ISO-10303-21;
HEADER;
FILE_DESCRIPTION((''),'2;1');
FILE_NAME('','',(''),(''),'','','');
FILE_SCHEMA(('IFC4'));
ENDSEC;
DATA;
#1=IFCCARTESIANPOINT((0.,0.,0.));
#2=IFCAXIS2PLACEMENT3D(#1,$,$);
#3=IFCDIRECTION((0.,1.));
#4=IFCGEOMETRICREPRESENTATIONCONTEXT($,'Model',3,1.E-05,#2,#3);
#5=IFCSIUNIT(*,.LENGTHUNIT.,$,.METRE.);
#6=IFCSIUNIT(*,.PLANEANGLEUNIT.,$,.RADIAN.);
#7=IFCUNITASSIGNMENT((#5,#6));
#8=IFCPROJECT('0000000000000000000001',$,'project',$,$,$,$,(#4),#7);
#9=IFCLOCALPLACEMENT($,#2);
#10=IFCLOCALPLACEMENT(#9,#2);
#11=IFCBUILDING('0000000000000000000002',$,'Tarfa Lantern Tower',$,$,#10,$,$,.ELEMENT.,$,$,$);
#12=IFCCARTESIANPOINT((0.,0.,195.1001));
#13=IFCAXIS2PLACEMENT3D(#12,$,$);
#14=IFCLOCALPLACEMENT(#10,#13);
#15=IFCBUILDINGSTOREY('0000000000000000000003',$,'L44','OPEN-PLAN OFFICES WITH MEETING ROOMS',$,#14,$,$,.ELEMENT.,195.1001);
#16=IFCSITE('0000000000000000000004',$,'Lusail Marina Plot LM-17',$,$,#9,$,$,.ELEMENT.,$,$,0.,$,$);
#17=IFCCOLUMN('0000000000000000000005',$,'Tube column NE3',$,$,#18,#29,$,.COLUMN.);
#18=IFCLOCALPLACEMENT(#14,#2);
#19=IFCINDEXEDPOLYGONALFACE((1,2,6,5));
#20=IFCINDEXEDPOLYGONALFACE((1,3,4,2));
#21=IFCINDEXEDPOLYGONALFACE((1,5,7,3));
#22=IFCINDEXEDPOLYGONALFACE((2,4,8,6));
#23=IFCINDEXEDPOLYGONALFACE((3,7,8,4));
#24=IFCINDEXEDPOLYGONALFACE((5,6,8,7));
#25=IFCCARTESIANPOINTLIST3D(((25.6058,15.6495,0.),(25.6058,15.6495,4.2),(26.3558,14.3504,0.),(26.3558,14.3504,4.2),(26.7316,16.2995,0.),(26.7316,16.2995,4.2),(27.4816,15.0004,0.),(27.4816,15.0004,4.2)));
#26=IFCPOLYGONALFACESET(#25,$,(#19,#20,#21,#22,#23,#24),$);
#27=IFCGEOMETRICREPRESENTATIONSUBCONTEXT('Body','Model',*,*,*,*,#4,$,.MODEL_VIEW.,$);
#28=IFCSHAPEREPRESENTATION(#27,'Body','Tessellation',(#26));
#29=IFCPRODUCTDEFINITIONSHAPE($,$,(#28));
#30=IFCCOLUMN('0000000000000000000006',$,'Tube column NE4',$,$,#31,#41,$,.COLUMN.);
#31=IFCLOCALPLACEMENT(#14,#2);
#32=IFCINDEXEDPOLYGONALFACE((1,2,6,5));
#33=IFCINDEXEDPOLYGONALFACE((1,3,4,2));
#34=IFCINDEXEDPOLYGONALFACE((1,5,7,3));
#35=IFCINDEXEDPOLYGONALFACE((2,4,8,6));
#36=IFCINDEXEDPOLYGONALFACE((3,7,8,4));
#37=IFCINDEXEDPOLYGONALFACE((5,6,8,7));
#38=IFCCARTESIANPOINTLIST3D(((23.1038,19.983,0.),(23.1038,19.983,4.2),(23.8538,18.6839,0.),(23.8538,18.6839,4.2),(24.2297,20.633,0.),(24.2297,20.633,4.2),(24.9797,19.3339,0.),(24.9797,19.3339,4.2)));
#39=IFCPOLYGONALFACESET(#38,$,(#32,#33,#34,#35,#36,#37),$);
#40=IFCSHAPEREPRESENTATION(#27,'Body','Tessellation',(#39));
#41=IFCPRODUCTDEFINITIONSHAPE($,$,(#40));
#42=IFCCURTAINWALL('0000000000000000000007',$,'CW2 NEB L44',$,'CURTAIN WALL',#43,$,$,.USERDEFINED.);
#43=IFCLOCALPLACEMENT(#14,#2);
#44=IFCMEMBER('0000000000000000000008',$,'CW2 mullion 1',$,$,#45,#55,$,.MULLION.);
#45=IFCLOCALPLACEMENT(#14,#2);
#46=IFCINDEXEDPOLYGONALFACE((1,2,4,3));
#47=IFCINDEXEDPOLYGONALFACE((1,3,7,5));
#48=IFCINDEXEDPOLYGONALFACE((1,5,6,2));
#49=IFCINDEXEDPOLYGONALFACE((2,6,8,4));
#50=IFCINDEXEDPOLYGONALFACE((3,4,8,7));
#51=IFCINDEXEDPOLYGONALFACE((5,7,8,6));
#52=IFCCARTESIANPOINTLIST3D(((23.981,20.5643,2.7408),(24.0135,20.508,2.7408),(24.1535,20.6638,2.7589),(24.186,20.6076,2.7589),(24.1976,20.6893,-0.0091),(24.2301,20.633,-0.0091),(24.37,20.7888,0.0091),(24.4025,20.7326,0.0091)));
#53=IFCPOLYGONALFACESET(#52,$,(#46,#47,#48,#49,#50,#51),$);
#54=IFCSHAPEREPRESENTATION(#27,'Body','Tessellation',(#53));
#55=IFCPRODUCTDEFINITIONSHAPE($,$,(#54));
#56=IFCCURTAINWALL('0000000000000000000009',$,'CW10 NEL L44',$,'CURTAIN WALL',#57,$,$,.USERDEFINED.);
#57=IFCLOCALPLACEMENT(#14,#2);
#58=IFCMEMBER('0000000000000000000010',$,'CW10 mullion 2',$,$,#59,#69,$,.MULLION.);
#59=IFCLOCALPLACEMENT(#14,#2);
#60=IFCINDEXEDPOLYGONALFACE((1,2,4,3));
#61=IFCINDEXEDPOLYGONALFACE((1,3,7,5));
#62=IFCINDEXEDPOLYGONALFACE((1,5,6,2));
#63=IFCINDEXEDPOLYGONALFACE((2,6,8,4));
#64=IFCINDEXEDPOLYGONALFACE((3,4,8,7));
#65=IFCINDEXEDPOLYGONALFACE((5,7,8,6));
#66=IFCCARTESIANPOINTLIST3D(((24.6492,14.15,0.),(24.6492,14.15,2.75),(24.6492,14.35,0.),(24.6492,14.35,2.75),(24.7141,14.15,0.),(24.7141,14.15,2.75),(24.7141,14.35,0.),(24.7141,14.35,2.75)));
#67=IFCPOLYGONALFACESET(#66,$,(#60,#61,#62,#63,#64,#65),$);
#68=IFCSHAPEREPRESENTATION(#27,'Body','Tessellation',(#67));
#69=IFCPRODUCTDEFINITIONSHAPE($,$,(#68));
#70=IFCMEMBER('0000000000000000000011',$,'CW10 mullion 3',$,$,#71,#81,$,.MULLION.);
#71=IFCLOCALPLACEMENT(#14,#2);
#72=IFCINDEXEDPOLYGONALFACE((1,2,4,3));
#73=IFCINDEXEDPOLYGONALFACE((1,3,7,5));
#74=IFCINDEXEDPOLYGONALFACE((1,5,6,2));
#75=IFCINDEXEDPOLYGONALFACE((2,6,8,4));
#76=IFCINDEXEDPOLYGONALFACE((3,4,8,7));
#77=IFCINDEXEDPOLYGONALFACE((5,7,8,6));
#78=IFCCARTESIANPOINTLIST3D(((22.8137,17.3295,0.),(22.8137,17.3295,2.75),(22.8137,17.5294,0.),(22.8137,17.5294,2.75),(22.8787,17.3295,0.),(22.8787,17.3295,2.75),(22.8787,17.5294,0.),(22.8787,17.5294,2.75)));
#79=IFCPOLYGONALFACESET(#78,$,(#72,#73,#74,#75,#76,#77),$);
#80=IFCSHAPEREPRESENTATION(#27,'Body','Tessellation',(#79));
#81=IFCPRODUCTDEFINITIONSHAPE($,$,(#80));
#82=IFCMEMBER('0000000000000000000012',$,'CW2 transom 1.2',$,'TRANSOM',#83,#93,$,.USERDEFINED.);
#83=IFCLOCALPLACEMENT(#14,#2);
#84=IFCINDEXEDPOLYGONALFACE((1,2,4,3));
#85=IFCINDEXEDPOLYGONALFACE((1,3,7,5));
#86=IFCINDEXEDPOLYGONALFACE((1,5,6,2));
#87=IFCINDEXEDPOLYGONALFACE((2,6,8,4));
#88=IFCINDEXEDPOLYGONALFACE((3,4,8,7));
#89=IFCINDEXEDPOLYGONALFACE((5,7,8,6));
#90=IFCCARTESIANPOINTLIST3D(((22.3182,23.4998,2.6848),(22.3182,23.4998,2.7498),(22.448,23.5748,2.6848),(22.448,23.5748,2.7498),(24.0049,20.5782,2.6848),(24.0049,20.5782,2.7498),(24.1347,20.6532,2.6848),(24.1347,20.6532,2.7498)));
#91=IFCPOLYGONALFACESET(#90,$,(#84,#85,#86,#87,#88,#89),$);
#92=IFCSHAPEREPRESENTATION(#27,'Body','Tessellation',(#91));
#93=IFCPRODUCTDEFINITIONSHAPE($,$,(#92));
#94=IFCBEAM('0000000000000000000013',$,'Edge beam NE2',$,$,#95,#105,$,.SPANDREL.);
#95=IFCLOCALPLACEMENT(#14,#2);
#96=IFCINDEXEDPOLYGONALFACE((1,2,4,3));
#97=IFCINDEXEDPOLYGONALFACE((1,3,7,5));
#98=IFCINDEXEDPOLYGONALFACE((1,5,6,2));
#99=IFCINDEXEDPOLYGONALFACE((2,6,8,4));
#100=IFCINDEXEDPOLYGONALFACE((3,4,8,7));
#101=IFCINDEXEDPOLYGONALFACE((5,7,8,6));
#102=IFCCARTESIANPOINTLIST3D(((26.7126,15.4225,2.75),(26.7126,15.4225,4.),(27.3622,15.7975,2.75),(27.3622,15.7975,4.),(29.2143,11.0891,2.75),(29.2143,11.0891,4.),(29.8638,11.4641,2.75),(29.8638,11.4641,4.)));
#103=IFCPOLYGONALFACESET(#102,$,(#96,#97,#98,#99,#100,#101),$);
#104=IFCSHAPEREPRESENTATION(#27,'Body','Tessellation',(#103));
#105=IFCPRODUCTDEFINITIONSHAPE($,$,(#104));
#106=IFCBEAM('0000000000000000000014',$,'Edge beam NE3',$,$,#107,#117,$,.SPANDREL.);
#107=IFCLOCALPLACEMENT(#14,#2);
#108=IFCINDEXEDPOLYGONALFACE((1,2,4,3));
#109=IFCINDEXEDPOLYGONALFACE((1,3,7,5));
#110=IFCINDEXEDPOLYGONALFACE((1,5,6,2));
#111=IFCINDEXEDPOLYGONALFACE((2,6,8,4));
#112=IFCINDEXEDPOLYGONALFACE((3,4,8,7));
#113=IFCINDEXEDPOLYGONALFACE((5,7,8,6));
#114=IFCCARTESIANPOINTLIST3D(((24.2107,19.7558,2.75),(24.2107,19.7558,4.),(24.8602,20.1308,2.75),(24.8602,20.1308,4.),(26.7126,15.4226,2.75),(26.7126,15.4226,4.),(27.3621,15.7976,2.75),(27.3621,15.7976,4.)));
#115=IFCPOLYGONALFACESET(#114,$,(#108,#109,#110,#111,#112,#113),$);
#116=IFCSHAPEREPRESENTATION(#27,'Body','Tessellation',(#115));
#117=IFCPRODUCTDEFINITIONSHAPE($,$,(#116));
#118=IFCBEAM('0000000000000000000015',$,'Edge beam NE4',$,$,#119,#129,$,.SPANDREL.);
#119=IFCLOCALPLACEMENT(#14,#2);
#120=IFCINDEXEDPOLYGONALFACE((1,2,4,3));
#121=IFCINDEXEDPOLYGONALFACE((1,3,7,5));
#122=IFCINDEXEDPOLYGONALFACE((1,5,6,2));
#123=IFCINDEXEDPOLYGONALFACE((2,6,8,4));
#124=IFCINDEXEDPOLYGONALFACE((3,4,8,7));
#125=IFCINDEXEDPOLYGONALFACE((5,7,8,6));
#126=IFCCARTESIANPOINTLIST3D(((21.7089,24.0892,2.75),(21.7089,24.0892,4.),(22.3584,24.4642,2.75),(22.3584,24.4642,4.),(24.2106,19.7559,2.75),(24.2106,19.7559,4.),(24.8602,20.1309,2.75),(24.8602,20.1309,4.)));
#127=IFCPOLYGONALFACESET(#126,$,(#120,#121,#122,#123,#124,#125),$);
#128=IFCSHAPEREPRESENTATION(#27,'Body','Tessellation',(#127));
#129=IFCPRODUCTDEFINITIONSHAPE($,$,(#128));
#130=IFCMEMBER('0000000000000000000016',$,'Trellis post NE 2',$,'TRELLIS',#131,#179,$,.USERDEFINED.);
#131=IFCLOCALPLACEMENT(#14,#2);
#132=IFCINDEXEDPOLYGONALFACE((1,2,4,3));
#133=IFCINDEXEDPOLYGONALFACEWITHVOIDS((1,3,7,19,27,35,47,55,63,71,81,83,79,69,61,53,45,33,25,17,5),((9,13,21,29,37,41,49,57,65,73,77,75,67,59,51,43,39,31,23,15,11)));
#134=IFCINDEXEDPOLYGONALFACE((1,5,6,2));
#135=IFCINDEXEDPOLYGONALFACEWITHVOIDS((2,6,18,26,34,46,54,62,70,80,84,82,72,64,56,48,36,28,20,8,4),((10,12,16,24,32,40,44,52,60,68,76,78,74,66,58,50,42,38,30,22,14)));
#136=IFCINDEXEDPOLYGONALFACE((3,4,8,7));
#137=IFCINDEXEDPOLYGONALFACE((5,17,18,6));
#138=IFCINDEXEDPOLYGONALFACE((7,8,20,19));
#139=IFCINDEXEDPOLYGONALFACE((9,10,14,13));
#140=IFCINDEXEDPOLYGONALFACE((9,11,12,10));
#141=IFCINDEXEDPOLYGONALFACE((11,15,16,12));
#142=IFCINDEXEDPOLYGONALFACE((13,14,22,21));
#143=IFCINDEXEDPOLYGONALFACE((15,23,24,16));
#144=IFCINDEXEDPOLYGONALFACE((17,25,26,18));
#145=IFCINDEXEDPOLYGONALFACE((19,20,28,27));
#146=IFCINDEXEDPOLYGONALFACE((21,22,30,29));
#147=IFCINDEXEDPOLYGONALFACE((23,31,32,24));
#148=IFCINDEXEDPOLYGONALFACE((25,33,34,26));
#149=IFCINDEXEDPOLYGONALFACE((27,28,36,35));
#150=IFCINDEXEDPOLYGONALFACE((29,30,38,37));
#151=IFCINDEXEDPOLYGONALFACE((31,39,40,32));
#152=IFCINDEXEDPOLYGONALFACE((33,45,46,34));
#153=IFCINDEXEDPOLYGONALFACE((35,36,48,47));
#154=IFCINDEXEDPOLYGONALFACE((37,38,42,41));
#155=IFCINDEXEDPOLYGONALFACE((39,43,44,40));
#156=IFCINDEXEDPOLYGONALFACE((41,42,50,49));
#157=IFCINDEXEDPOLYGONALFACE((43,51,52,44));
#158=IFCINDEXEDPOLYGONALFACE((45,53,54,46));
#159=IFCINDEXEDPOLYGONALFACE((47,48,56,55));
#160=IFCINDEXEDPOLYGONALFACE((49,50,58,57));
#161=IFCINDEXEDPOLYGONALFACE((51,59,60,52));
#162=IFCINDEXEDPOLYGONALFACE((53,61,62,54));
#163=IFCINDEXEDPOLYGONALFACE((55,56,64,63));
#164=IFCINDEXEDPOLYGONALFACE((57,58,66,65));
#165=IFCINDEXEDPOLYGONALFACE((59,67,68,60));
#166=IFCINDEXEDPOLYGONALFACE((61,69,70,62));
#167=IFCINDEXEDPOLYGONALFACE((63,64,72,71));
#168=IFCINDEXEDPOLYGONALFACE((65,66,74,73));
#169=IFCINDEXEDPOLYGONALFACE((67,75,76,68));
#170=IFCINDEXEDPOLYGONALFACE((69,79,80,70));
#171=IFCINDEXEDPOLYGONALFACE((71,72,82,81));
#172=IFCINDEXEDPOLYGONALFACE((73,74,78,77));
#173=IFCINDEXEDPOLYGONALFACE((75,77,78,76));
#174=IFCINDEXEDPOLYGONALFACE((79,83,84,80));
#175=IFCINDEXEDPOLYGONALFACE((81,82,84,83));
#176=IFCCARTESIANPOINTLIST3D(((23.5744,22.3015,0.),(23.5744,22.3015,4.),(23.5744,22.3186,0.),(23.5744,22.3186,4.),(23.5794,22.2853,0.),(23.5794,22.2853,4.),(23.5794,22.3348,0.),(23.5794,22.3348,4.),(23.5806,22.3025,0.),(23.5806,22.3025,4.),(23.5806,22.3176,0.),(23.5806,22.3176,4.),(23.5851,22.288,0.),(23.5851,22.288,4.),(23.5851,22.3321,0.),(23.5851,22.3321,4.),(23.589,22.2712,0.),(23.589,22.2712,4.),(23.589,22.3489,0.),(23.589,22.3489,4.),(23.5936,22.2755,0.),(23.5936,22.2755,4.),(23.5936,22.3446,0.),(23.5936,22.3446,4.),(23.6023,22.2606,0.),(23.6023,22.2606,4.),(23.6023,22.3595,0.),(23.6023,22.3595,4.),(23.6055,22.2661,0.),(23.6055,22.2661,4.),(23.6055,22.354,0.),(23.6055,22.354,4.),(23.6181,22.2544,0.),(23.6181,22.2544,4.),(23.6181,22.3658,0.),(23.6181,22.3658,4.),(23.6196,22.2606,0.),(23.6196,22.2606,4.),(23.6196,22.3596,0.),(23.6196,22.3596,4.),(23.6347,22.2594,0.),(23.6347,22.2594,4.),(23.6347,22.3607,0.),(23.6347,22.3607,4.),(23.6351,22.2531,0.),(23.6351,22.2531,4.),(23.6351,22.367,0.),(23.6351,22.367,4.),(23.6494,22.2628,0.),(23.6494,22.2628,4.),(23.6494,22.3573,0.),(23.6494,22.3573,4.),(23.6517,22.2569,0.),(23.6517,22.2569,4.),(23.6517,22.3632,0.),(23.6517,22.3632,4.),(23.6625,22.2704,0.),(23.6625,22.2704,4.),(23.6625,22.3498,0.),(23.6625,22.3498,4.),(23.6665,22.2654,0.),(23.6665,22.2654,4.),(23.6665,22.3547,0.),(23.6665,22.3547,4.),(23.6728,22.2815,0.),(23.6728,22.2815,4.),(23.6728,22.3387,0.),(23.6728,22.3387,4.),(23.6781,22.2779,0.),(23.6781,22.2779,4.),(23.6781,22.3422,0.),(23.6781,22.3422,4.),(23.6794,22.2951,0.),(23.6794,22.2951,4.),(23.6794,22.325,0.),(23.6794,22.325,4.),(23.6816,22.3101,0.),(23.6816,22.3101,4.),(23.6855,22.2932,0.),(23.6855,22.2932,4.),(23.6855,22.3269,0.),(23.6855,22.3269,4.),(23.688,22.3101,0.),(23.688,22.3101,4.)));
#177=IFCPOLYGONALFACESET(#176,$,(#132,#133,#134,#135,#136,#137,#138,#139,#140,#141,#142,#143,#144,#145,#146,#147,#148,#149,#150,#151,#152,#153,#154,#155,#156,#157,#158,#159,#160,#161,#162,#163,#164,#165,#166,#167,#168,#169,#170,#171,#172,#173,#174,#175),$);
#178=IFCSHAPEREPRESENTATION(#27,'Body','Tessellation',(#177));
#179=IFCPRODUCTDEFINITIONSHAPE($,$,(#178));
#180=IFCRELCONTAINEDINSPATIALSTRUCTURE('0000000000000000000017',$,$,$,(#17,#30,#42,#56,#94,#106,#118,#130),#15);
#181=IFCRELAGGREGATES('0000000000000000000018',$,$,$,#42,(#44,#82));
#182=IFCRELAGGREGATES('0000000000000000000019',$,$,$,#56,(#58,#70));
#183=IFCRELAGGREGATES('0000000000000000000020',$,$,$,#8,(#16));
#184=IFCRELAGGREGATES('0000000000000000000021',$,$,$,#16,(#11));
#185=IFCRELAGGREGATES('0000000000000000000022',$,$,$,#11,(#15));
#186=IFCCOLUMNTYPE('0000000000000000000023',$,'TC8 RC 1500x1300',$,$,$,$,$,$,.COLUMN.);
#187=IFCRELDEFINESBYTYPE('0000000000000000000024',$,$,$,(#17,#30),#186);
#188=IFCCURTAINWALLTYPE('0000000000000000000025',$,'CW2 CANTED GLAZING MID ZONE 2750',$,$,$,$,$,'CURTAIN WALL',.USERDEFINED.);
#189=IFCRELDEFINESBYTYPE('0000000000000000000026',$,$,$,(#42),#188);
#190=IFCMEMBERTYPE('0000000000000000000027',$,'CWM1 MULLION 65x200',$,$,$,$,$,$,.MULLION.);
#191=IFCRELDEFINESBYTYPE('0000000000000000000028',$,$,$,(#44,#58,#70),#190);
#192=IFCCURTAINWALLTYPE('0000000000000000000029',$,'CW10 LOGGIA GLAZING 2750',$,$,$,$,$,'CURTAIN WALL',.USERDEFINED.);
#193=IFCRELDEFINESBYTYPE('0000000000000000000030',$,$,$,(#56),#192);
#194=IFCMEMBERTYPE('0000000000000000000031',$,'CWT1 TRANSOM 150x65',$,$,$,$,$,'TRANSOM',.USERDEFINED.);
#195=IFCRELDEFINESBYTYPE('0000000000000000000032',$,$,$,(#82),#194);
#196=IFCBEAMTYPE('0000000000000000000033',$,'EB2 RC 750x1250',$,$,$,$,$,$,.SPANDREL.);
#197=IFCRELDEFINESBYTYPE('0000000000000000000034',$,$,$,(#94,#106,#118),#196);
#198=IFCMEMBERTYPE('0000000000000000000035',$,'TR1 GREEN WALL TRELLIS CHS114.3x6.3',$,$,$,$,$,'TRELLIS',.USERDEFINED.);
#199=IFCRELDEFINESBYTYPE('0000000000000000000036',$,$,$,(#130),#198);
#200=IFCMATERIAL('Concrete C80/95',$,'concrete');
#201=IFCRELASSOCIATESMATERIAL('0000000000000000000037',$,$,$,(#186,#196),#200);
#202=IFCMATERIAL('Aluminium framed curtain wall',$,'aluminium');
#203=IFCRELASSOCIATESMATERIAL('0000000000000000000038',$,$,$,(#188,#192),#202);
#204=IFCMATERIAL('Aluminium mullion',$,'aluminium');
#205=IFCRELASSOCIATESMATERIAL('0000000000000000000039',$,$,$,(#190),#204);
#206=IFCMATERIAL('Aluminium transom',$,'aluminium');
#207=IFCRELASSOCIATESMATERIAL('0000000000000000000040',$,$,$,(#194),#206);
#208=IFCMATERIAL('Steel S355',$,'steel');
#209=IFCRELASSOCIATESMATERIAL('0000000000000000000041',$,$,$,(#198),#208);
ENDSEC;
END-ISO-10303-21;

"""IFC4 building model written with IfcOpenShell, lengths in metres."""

from ifc_helpers import new_model, si_unit, direction, frame, origin, origin_2d, place, context, subcontext, project, spatial, rectangle, hollow_circle, extrude, material, material_profile, profile_set, type_object, element, aggregate, save


model = new_model("IFC4")

# Units and contexts
model_context = context("Model", 3, precision=1e-05, world=origin(), true_north=direction((0.0, 1.0)))
body_context = subcontext(model_context, "Body", "Model", "MODEL_VIEW")
ifc_project = project(units=[si_unit("LENGTHUNIT", "METRE"), si_unit("PLANEANGLEUNIT", "RADIAN")], contexts=[model_context])

# Site, building, storey
site_placement = place(None, origin())
site = spatial("IfcSite", under=ifc_project, at=site_placement, Name="Lusail Marina Plot LM-17", CompositionType="ELEMENT", RefElevation=0.0)
building_placement = place(site_placement, origin())
building = spatial("IfcBuilding", under=site, at=building_placement, Name="Tarfa Lantern Tower", CompositionType="ELEMENT")
storey_placement = place(building_placement, frame((0.0, 0.0, 195.1001)))
storey = spatial("IfcBuildingStorey", under=building, at=storey_placement, Name="L44", Description="OPEN-PLAN OFFICES WITH MEETING ROOMS", CompositionType="ELEMENT", Elevation=195.1001)

# Columns
ifc_material_1 = material(Name="Concrete C80/95", Category="concrete")
ifc_material_profile_1 = material_profile(ifc_material_1, rectangle(XDim=1.5, YDim=1.3, at=origin_2d()), Name="RC 1500x1300")
ifc_profile_set_1 = profile_set([ifc_material_profile_1], Name="Concrete C80/95")
column_type = type_object("IfcColumnType", Name="TC8 RC 1500x1300", PredefinedType="COLUMN", material=ifc_profile_set_1)
for number, where, z_axis, x_axis, name in (
    (1, (26.5437, 15.325, 0.0), (0.0, 0.0, 1.0), (-0.5, 0.866025, 0.0), "Tube column NE3"),
    (2, (24.0417, 19.6584, 0.0), (0.0, 0.0, 1.0), (-0.5, 0.866025, 0.0), "Tube column NE4"),
):
    element("IfcColumn", number, at=place(storey_placement, frame(where, z_axis=z_axis, x_axis=x_axis)), inside=storey, type_object=column_type, Name=name, PredefinedType="COLUMN", context=body_context, shape_type="SweptSolid", body=[
        extrude(rectangle(XDim=1.5, YDim=1.3, at=origin_2d()), origin(), (0.0, 0.0, 1.0), 4.2),
    ])

# Curtain wall, member
ifc_material_2 = material(Name="Aluminium framed curtain wall", Category="aluminium")
curtain_wall_type_1 = type_object("IfcCurtainWallType", Name="CW2 CANTED GLAZING MID ZONE 2750", ElementType="CURTAIN WALL", PredefinedType="USERDEFINED", material=ifc_material_2)
curtain_wall_1_placement = place(storey_placement, origin())
curtain_wall_1 = element("IfcCurtainWall", 3, at=curtain_wall_1_placement, inside=storey, type_object=curtain_wall_type_1, Name="CW2 NEB L44", ObjectType="CURTAIN WALL", PredefinedType="USERDEFINED")
ifc_material_3 = material(Name="Aluminium mullion", Category="aluminium")
ifc_material_profile_2 = material_profile(ifc_material_3, rectangle(XDim=0.0649, YDim=0.2, at=origin_2d()), Name="AL MULLION 65x200")
ifc_profile_set_2 = profile_set([ifc_material_profile_2], Name="Aluminium mullion")
member_type_1 = type_object("IfcMemberType", Name="CWM1 MULLION 65x200", PredefinedType="MULLION", material=ifc_profile_set_2)
member_1_placement = place(storey_placement, frame((24.3, 20.7109, 0.0), z_axis=(-0.078423, -0.045268, 0.995892), x_axis=(0.49992, -0.866072, 0.0)))
member_1 = element("IfcMember", 4, at=member_1_placement, type_object=member_type_1, Name="CW2 mullion 1", PredefinedType="MULLION", context=body_context, shape_type="SweptSolid", body=[
    extrude(rectangle(XDim=0.0649, YDim=0.2, at=origin_2d()), origin(), (0.0, 0.0, 1.0), 2.7612),
])

# Curtain wall, members
curtain_wall_type_2 = type_object("IfcCurtainWallType", Name="CW10 LOGGIA GLAZING 2750", ElementType="CURTAIN WALL", PredefinedType="USERDEFINED", material=ifc_material_2)
curtain_wall_2_placement = place(storey_placement, origin())
curtain_wall_2 = element("IfcCurtainWall", 5, at=curtain_wall_2_placement, inside=storey, type_object=curtain_wall_type_2, Name="CW10 NEL L44", ObjectType="CURTAIN WALL", PredefinedType="USERDEFINED")
member_2_placement = place(storey_placement, frame((24.6816, 14.25, 0.0), z_axis=(0.0, 0.0, 1.0), x_axis=(1.0, 0.0, 0.0)))
member_2 = element("IfcMember", 6, at=member_2_placement, type_object=member_type_1, Name="CW10 mullion 2", PredefinedType="MULLION", context=body_context, shape_type="SweptSolid", body=[
    extrude(rectangle(XDim=0.0649, YDim=0.2, at=origin_2d()), origin(), (0.0, 0.0, 1.0), 2.75),
])
member_3_placement = place(storey_placement, frame((22.8462, 17.4294, 0.0), z_axis=(0.0, 0.0, 1.0), x_axis=(1.0, 0.0, 0.0)))
member_3 = element("IfcMember", 7, at=member_3_placement, type_object=member_type_1, Name="CW10 mullion 3", PredefinedType="MULLION", context=body_context, shape_type="SweptSolid", body=[
    extrude(rectangle(XDim=0.0649, YDim=0.2, at=origin_2d()), origin(), (0.0, 0.0, 1.0), 2.75),
])

# Member
ifc_material_4 = material(Name="Aluminium transom", Category="aluminium")
ifc_material_profile_3 = material_profile(ifc_material_4, rectangle(XDim=0.1499, YDim=0.0649, at=origin_2d()), Name="AL TRANSOM 150x65")
ifc_profile_set_3 = profile_set([ifc_material_profile_3], Name="Aluminium transom")
member_type_2 = type_object("IfcMemberType", Name="CWT1 TRANSOM 150x65", ElementType="TRANSOM", PredefinedType="USERDEFINED", material=ifc_profile_set_3)
member_4_placement = place(storey_placement, frame((24.0698, 20.6157, 2.7173), z_axis=(-0.499992, 0.86603, 0.0), x_axis=(-0.86603, -0.499992, 0.0)))
member_4 = element("IfcMember", 8, at=member_4_placement, type_object=member_type_2, Name="CW2 transom 1.2", ObjectType="TRANSOM", PredefinedType="USERDEFINED", context=body_context, shape_type="SweptSolid", body=[
    extrude(rectangle(XDim=0.1499, YDim=0.0649, at=origin_2d()), origin(), (0.0, 0.0, 1.0), 3.3735),
])

# Beams
ifc_material_profile_4 = material_profile(ifc_material_1, rectangle(XDim=0.75, YDim=1.25, at=origin_2d()), Name="RC 750x1250")
ifc_profile_set_4 = profile_set([ifc_material_profile_4], Name="Concrete C80/95")
beam_type_1 = type_object("IfcBeamType", Name="EB2 RC 750x1250", PredefinedType="SPANDREL", material=ifc_profile_set_4)
for number, where, z_axis, x_axis, name in (
    (9, (29.5391, 11.2766, 3.375), (-0.499965, 0.866046, 0.0), (-0.866046, -0.499965, 0.0), "Edge beam NE2"),
    (10, (27.0374, 15.6101, 3.375), (-0.500022, 0.866013, 0.0), (-0.866013, -0.500022, 0.0), "Edge beam NE3"),
    (11, (24.5354, 19.9434, 3.375), (-0.499986, 0.866034, 0.0), (-0.866034, -0.499986, 0.0), "Edge beam NE4"),
):
    element("IfcBeam", number, at=place(storey_placement, frame(where, z_axis=z_axis, x_axis=x_axis)), inside=storey, type_object=beam_type_1, Name=name, PredefinedType="SPANDREL", context=body_context, shape_type="SweptSolid", body=[
        extrude(rectangle(XDim=0.75, YDim=1.25, at=origin_2d()), origin(), (0.0, 0.0, 1.0), 5.0037),
    ])

# Member
ifc_material_5 = material(Name="Steel S355", Category="steel")
ifc_material_profile_5 = material_profile(ifc_material_5, hollow_circle(Radius=0.0571, WallThickness=0.0063, at=origin_2d()), Name="CHS114.3x6.3")
ifc_profile_set_5 = profile_set([ifc_material_profile_5], Name="Steel S355")
member_type_3 = type_object("IfcMemberType", Name="TR1 GREEN WALL TRELLIS CHS114.3x6.3", ElementType="TRELLIS", PredefinedType="USERDEFINED", material=ifc_profile_set_5)
member_5_placement = place(storey_placement, frame((23.6309, 22.3101, 0.0), z_axis=(0.0, 0.0, 1.0), x_axis=(1.0, 0.0, 0.0)))
element("IfcMember", 12, at=member_5_placement, inside=storey, type_object=member_type_3, Name="Trellis post NE 2", ObjectType="TRELLIS", PredefinedType="USERDEFINED", context=body_context, shape_type="SweptSolid", body=[
    extrude(hollow_circle(Radius=0.0571, WallThickness=0.0063, at=origin_2d()), origin(), (0.0, 0.0, 1.0), 4.0),
])

aggregate(curtain_wall_1, [member_1, member_4])
aggregate(curtain_wall_2, [member_2, member_3])

save(model, "model.ifc")
